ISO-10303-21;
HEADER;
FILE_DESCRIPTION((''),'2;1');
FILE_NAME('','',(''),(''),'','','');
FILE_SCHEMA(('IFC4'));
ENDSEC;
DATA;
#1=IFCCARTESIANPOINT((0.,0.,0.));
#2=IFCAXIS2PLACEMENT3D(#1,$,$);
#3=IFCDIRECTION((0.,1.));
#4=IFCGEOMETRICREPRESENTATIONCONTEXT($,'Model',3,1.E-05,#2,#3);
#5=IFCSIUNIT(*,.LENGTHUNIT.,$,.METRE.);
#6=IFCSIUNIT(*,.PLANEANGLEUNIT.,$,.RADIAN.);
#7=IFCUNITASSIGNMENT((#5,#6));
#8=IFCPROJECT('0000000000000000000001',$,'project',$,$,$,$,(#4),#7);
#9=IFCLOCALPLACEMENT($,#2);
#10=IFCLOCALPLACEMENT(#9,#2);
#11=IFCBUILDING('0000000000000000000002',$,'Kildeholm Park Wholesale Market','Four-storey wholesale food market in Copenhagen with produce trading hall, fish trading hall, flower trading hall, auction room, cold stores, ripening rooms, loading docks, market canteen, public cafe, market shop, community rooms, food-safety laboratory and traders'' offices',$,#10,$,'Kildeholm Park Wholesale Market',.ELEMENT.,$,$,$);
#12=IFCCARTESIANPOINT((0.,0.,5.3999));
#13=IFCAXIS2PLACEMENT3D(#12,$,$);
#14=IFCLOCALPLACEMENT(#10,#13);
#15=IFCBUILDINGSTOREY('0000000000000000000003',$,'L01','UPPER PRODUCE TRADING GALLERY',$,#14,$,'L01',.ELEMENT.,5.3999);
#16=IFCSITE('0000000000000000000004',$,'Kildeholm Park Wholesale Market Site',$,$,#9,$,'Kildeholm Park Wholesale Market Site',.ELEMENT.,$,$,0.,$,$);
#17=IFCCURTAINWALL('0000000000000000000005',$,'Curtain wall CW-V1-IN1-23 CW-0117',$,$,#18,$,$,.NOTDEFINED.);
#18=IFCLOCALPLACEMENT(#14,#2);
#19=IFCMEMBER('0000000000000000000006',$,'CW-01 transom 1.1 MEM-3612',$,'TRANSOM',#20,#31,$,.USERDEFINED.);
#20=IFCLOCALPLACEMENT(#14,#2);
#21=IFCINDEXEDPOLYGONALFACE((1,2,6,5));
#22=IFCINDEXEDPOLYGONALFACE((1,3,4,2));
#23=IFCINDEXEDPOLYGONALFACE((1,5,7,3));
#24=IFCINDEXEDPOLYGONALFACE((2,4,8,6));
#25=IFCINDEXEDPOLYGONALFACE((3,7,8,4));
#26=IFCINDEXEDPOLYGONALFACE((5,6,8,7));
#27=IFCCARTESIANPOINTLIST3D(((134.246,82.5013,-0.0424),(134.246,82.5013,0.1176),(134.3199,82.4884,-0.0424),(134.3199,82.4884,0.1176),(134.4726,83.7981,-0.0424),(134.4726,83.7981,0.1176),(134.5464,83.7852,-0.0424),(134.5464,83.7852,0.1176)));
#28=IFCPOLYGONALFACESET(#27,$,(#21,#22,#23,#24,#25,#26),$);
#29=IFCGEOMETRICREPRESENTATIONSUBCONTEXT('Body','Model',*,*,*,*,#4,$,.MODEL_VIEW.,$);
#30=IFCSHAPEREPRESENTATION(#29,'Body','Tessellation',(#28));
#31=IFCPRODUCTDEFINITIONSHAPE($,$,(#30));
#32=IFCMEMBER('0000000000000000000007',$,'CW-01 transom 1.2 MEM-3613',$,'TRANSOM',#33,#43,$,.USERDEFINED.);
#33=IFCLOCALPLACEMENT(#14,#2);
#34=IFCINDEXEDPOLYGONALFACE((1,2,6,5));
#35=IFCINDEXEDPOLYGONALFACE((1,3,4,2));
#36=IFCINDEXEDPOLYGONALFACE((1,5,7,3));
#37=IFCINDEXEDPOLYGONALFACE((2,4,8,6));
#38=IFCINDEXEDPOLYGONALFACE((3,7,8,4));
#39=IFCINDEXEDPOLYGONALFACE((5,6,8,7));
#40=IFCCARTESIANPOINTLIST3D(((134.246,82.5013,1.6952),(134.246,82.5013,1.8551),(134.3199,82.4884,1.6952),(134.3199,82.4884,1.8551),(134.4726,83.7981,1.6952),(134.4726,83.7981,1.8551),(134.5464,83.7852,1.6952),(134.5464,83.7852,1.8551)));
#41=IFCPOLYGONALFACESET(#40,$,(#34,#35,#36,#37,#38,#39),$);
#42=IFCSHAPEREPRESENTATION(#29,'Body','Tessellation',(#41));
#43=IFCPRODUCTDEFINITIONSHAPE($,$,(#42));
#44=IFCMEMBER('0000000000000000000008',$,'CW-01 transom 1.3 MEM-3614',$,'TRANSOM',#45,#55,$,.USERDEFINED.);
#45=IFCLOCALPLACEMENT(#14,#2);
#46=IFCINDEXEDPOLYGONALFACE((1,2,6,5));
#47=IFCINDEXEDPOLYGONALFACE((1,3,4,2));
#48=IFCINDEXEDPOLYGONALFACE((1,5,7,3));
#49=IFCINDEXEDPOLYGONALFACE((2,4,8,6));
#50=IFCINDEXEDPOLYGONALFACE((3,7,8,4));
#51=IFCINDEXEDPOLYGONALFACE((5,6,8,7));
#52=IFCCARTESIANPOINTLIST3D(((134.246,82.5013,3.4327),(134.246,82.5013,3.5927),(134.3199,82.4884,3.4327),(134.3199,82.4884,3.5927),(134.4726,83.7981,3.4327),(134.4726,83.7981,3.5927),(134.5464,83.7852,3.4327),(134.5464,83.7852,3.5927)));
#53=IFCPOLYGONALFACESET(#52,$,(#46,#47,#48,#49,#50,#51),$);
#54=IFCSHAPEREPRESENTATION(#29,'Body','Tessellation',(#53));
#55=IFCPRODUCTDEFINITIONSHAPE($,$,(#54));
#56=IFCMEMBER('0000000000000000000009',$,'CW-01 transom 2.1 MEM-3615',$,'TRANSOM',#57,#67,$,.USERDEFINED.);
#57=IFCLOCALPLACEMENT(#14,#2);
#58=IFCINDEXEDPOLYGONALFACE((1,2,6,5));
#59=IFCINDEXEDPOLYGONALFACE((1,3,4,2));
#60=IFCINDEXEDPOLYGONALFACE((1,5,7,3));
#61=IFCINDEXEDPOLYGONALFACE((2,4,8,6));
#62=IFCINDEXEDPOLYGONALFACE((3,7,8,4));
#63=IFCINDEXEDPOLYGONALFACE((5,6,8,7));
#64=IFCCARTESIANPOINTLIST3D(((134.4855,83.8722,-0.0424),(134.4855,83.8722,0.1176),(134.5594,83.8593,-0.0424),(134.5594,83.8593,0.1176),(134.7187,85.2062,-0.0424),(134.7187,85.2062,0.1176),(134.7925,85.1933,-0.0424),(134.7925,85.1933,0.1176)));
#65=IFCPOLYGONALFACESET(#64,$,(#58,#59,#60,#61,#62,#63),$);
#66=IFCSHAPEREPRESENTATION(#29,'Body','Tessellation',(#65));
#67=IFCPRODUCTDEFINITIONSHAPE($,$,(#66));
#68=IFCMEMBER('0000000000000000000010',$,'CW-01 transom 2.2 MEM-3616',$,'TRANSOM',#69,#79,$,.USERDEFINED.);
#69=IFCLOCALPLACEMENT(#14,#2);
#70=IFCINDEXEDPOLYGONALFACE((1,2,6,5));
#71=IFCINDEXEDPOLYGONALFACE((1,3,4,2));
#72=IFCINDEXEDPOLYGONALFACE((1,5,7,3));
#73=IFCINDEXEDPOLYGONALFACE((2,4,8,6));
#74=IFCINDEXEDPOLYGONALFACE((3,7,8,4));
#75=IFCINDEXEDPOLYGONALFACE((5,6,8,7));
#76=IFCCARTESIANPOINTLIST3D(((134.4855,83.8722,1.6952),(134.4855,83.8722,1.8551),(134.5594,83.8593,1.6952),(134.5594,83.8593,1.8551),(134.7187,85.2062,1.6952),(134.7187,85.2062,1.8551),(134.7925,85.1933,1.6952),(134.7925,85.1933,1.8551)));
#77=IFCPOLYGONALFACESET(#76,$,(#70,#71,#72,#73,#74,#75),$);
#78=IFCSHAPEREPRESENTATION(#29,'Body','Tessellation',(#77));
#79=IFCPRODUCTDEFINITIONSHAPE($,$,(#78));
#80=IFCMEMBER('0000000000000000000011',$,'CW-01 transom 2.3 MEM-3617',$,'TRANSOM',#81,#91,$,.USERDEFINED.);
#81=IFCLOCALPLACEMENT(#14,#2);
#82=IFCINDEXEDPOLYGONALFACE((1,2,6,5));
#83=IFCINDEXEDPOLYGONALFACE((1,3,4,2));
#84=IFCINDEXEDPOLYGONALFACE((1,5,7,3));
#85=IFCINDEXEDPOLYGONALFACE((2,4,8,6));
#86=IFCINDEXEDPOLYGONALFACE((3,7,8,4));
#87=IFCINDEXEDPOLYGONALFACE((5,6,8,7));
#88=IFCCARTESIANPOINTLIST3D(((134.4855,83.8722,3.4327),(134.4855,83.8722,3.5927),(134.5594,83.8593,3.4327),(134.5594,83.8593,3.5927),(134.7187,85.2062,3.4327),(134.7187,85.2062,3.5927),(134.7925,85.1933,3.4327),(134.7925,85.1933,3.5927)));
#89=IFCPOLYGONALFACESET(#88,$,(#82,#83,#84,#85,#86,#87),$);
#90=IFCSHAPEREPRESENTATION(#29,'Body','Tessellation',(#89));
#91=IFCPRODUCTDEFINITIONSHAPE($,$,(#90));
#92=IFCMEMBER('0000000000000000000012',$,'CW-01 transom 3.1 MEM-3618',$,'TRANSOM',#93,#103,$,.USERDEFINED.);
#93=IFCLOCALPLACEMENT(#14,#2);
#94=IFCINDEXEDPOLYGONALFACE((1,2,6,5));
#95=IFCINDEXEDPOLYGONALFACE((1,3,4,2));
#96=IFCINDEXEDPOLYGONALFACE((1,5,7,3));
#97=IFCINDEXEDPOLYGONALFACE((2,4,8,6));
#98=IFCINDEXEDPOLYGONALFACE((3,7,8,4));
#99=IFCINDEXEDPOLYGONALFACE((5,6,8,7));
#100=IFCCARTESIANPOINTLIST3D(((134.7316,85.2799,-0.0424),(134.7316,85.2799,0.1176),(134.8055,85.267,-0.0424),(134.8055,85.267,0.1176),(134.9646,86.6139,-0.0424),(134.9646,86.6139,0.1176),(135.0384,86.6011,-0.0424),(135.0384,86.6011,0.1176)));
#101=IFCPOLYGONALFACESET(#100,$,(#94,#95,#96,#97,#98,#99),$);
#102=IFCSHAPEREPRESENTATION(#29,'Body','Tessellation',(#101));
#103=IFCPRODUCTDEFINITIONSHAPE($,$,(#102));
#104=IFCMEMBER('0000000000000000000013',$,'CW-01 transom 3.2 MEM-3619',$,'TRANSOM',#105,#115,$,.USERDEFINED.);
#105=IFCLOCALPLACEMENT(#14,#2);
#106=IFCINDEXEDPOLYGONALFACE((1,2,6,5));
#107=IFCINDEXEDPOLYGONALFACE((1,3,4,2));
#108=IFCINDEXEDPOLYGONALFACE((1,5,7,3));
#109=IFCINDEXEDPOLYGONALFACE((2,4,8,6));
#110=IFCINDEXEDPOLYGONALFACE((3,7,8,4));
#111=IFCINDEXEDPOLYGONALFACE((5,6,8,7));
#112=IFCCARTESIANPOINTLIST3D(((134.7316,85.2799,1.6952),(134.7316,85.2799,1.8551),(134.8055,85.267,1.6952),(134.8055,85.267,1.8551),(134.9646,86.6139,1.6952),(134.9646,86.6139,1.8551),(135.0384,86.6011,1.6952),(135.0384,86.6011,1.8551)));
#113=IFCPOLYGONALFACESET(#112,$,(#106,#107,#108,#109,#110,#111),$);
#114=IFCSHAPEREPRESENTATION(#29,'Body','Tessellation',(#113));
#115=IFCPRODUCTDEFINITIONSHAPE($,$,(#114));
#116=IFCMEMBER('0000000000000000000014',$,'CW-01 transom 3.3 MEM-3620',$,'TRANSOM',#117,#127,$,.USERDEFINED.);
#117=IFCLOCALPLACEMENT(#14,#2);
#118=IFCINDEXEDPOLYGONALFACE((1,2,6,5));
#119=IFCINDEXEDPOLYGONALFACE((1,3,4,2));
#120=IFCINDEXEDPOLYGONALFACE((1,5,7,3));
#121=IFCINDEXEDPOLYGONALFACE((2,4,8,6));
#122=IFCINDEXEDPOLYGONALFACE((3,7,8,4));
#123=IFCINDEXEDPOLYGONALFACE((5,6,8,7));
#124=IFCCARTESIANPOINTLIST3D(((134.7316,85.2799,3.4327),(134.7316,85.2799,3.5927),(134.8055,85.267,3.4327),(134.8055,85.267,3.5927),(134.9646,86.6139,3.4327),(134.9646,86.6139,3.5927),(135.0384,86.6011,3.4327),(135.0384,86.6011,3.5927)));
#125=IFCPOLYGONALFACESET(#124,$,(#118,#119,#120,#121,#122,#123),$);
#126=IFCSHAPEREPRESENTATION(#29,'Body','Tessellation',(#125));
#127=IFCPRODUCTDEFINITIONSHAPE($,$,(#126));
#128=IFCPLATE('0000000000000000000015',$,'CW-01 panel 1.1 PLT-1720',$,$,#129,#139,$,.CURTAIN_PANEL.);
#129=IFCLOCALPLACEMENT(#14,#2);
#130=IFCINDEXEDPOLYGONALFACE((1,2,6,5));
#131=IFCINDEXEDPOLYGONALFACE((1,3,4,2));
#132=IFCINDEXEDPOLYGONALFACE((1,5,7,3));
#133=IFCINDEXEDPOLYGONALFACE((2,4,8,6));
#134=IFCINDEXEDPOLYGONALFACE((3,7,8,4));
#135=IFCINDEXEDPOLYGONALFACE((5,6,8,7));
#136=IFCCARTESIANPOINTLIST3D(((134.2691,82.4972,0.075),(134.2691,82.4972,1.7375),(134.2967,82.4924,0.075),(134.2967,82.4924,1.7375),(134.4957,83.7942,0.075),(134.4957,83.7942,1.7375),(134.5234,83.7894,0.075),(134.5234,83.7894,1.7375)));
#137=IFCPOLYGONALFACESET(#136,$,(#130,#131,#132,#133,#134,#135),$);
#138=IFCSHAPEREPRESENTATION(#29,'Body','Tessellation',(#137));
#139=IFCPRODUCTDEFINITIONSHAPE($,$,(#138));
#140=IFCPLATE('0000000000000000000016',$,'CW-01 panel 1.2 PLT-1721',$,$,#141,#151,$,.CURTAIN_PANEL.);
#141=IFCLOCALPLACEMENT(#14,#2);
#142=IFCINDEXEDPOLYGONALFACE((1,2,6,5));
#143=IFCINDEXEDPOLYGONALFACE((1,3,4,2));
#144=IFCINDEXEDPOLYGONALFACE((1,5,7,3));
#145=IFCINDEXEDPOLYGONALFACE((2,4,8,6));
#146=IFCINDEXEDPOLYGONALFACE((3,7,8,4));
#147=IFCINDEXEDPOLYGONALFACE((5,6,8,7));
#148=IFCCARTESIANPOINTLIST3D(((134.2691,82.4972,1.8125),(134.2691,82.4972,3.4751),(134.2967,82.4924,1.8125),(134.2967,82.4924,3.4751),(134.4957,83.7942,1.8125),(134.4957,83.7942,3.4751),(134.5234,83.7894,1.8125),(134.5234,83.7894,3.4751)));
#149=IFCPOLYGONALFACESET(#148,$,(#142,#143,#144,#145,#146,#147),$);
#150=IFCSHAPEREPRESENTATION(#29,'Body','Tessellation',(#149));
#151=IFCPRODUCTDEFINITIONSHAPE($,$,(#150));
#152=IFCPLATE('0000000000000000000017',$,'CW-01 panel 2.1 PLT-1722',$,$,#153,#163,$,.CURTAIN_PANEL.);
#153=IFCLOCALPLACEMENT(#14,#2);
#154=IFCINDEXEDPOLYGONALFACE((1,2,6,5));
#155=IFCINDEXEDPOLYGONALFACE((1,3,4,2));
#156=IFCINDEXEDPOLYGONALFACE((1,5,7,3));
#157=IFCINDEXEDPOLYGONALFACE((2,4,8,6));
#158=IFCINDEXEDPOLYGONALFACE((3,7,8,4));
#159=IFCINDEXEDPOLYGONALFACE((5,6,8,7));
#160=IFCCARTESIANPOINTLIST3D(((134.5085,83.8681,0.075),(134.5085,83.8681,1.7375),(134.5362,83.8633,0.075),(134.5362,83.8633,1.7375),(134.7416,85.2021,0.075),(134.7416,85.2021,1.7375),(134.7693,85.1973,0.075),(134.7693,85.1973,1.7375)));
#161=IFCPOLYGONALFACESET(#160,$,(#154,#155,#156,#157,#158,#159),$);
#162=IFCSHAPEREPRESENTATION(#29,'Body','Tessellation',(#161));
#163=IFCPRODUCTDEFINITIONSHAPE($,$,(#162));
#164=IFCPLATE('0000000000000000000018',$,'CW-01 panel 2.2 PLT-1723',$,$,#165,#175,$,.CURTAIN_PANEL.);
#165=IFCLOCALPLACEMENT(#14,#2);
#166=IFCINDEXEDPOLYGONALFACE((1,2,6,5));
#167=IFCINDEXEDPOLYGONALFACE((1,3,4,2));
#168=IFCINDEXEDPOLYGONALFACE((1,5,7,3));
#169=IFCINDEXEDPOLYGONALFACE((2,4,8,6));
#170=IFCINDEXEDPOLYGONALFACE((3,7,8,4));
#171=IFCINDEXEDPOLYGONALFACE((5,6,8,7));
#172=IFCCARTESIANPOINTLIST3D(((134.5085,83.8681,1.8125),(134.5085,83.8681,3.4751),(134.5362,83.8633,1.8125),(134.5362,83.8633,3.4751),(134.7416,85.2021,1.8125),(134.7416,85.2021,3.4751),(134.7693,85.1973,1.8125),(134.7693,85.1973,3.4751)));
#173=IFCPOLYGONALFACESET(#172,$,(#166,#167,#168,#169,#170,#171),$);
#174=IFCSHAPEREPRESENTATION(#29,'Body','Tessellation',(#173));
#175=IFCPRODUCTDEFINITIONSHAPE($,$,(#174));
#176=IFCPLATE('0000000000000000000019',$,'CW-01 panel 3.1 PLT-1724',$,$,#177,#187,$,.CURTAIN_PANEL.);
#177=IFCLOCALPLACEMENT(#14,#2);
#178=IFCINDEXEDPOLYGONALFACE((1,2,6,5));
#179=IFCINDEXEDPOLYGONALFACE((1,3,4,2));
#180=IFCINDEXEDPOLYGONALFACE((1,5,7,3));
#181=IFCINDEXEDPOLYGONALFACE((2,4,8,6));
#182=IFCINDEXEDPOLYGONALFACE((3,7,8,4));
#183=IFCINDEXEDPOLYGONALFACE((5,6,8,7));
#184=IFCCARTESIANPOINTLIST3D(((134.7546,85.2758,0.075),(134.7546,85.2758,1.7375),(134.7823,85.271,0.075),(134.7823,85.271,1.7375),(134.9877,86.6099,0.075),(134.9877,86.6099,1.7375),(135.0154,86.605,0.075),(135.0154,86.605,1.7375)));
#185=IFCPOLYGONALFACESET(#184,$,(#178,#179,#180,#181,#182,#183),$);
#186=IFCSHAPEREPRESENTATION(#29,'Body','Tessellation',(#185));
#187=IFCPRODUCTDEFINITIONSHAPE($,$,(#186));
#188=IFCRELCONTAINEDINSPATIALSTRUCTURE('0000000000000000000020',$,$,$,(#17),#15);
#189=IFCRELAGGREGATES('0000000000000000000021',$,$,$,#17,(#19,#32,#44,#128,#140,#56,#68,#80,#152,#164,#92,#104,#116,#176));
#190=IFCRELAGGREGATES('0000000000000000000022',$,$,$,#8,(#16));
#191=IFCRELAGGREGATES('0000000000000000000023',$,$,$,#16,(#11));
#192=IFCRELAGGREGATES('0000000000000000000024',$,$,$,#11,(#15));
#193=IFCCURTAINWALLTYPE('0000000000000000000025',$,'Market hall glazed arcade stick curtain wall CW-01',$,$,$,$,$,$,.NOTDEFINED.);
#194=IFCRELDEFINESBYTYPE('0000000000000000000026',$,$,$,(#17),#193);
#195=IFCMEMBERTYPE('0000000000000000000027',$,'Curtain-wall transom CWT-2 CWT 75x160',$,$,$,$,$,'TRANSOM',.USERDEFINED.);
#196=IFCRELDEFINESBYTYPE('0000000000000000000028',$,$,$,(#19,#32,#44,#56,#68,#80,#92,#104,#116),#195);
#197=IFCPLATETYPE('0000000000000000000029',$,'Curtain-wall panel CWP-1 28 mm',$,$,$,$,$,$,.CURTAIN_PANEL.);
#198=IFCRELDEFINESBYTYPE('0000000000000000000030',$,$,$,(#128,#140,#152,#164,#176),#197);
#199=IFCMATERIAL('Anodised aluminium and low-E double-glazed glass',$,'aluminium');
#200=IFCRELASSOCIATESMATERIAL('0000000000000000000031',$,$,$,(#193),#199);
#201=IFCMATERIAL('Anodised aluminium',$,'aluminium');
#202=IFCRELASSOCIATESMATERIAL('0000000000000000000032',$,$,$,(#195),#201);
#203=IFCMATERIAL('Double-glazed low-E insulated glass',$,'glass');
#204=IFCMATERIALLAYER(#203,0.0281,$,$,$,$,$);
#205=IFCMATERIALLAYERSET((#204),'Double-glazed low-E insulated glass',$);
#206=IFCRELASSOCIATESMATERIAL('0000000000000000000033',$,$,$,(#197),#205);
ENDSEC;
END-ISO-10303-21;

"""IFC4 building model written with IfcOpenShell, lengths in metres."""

from ifc_helpers import new_model, si_unit, direction, frame, origin, origin_2d, place, context, subcontext, project, spatial, rectangle, extrude, material, layer, layer_set, material_profile, profile_set, type_object, element, aggregate, save


model = new_model("IFC4")

# Units and contexts
model_context = context("Model", 3, precision=1e-05, world=origin(), true_north=direction((0.0, 1.0)))
body_context = subcontext(model_context, "Body", "Model", "MODEL_VIEW")
ifc_project = project(units=[si_unit("LENGTHUNIT", "METRE"), si_unit("PLANEANGLEUNIT", "RADIAN")], contexts=[model_context])

# Site, building, storey
site_placement = place(None, origin())
site = spatial("IfcSite", under=ifc_project, at=site_placement, Name="Kildeholm Park Wholesale Market Site", LongName="Kildeholm Park Wholesale Market Site", CompositionType="ELEMENT", RefElevation=0.0)
building_placement = place(site_placement, origin())
building = spatial("IfcBuilding", under=site, at=building_placement, Name="Kildeholm Park Wholesale Market", Description="Four-storey wholesale food market in Copenhagen with produce trading hall, fish trading hall, flower trading hall, auction room, cold stores, ripening rooms, loading docks, market canteen, public cafe, market shop, community rooms, food-safety laboratory and traders' offices", LongName="Kildeholm Park Wholesale Market", CompositionType="ELEMENT")
storey_placement = place(building_placement, frame((0.0, 0.0, 5.3999)))
storey = spatial("IfcBuildingStorey", under=building, at=storey_placement, Name="L01", Description="UPPER PRODUCE TRADING GALLERY", LongName="L01", CompositionType="ELEMENT", Elevation=5.3999)

# Curtain wall, members, plates
ifc_material_1 = material(Name="Anodised aluminium and low-E double-glazed glass", Category="aluminium")
curtain_wall_type = type_object("IfcCurtainWallType", Name="Market hall glazed arcade stick curtain wall CW-01", PredefinedType="NOTDEFINED", material=ifc_material_1)
curtain_wall_placement = place(storey_placement, origin())
curtain_wall = element("IfcCurtainWall", 1, at=curtain_wall_placement, inside=storey, type_object=curtain_wall_type, Name="Curtain wall CW-V1-IN1-23 CW-0117", PredefinedType="NOTDEFINED")
ifc_material_2 = material(Name="Anodised aluminium", Category="aluminium")
ifc_material_profile_1 = material_profile(ifc_material_2, rectangle(XDim=0.075, YDim=0.1599, at=origin_2d()), Name="CWT 75x160")
ifc_profile_set_1 = profile_set([ifc_material_profile_1], Name="Anodised aluminium")
member_type_1 = type_object("IfcMemberType", Name="Curtain-wall transom CWT-2 CWT 75x160", ElementType="TRANSOM", PredefinedType="USERDEFINED", material=ifc_profile_set_1)
member_1_placement = place(storey_placement, frame((134.283, 82.4949, 0.0376), z_axis=(0.172092, 0.985081, 0.0), x_axis=(-0.985081, 0.172092, 0.0)))
member_1 = element("IfcMember", 2, at=member_1_placement, type_object=member_type_1, Name="CW-01 transom 1.1 MEM-3612", ObjectType="TRANSOM", PredefinedType="USERDEFINED", context=body_context, shape_type="SweptSolid", body=[
    extrude(rectangle(XDim=0.075, YDim=0.1599, at=origin_2d()), origin(), (0.0, 0.0, 1.0), 1.3164),
])
member_2_placement = place(storey_placement, frame((134.283, 82.4949, 1.7751), z_axis=(0.172092, 0.985081, 0.0), x_axis=(-0.985081, 0.172092, 0.0)))
member_2 = element("IfcMember", 3, at=member_2_placement, type_object=member_type_1, Name="CW-01 transom 1.2 MEM-3613", ObjectType="TRANSOM", PredefinedType="USERDEFINED", context=body_context, shape_type="SweptSolid", body=[
    extrude(rectangle(XDim=0.075, YDim=0.1599, at=origin_2d()), origin(), (0.0, 0.0, 1.0), 1.3164),
])
member_3_placement = place(storey_placement, frame((134.283, 82.4949, 3.5127), z_axis=(0.172092, 0.985081, 0.0), x_axis=(-0.985081, 0.172092, 0.0)))
member_3 = element("IfcMember", 4, at=member_3_placement, type_object=member_type_1, Name="CW-01 transom 1.3 MEM-3614", ObjectType="TRANSOM", PredefinedType="USERDEFINED", context=body_context, shape_type="SweptSolid", body=[
    extrude(rectangle(XDim=0.075, YDim=0.1599, at=origin_2d()), origin(), (0.0, 0.0, 1.0), 1.3164),
])
member_4_placement = place(storey_placement, frame((134.5225, 83.8657, 0.0376), z_axis=(0.17217, 0.985067, 0.0), x_axis=(-0.985067, 0.17217, 0.0)))
member_4 = element("IfcMember", 5, at=member_4_placement, type_object=member_type_1, Name="CW-01 transom 2.1 MEM-3615", ObjectType="TRANSOM", PredefinedType="USERDEFINED", context=body_context, shape_type="SweptSolid", body=[
    extrude(rectangle(XDim=0.075, YDim=0.1599, at=origin_2d()), origin(), (0.0, 0.0, 1.0), 1.3542),
])
member_5_placement = place(storey_placement, frame((134.5225, 83.8657, 1.7751), z_axis=(0.17217, 0.985067, 0.0), x_axis=(-0.985067, 0.17217, 0.0)))
member_5 = element("IfcMember", 6, at=member_5_placement, type_object=member_type_1, Name="CW-01 transom 2.2 MEM-3616", ObjectType="TRANSOM", PredefinedType="USERDEFINED", context=body_context, shape_type="SweptSolid", body=[
    extrude(rectangle(XDim=0.075, YDim=0.1599, at=origin_2d()), origin(), (0.0, 0.0, 1.0), 1.3542),
])
member_6_placement = place(storey_placement, frame((134.5225, 83.8657, 3.5127), z_axis=(0.17217, 0.985067, 0.0), x_axis=(-0.985067, 0.17217, 0.0)))
member_6 = element("IfcMember", 7, at=member_6_placement, type_object=member_type_1, Name="CW-01 transom 2.3 MEM-3617", ObjectType="TRANSOM", PredefinedType="USERDEFINED", context=body_context, shape_type="SweptSolid", body=[
    extrude(rectangle(XDim=0.075, YDim=0.1599, at=origin_2d()), origin(), (0.0, 0.0, 1.0), 1.3542),
])
member_7_placement = place(storey_placement, frame((134.7686, 85.2734, 0.0376), z_axis=(0.171995, 0.985098, 0.0), x_axis=(-0.985098, 0.171995, 0.0)))
member_7 = element("IfcMember", 8, at=member_7_placement, type_object=member_type_1, Name="CW-01 transom 3.1 MEM-3618", ObjectType="TRANSOM", PredefinedType="USERDEFINED", context=body_context, shape_type="SweptSolid", body=[
    extrude(rectangle(XDim=0.075, YDim=0.1599, at=origin_2d()), origin(), (0.0, 0.0, 1.0), 1.3542),
])
member_8_placement = place(storey_placement, frame((134.7686, 85.2734, 1.7751), z_axis=(0.171995, 0.985098, 0.0), x_axis=(-0.985098, 0.171995, 0.0)))
member_8 = element("IfcMember", 9, at=member_8_placement, type_object=member_type_1, Name="CW-01 transom 3.2 MEM-3619", ObjectType="TRANSOM", PredefinedType="USERDEFINED", context=body_context, shape_type="SweptSolid", body=[
    extrude(rectangle(XDim=0.075, YDim=0.1599, at=origin_2d()), origin(), (0.0, 0.0, 1.0), 1.3542),
])
member_9_placement = place(storey_placement, frame((134.7686, 85.2734, 3.5127), z_axis=(0.171995, 0.985098, 0.0), x_axis=(-0.985098, 0.171995, 0.0)))
member_9 = element("IfcMember", 10, at=member_9_placement, type_object=member_type_1, Name="CW-01 transom 3.3 MEM-3620", ObjectType="TRANSOM", PredefinedType="USERDEFINED", context=body_context, shape_type="SweptSolid", body=[
    extrude(rectangle(XDim=0.075, YDim=0.1599, at=origin_2d()), origin(), (0.0, 0.0, 1.0), 1.3542),
])
ifc_material_3 = material(Name="Double-glazed low-E insulated glass", Category="glass")
ifc_layer = layer(ifc_material_3, 0.0281)
ifc_layer_set = layer_set([ifc_layer], Name="Double-glazed low-E insulated glass")
plate_type = type_object("IfcPlateType", Name="Curtain-wall panel CWP-1 28 mm", PredefinedType="CURTAIN_PANEL", material=ifc_layer_set)
plate_1_placement = place(storey_placement, frame((134.3962, 83.1433, 0.075), z_axis=(0.0, 0.0, 1.0), x_axis=(0.172133, 0.985074, 0.0)))
plate_1 = element("IfcPlate", 11, at=plate_1_placement, type_object=plate_type, Name="CW-01 panel 1.1 PLT-1720", PredefinedType="CURTAIN_PANEL", context=body_context, shape_type="SweptSolid", body=[
    extrude(rectangle(XDim=1.3167, YDim=0.0281, at=origin_2d()), origin(), (0.0, 0.0, 1.0), 1.6626),
])
plate_2_placement = place(storey_placement, frame((134.3962, 83.1433, 1.8125), z_axis=(0.0, 0.0, 1.0), x_axis=(0.172133, 0.985074, 0.0)))
plate_2 = element("IfcPlate", 12, at=plate_2_placement, type_object=plate_type, Name="CW-01 panel 1.2 PLT-1721", PredefinedType="CURTAIN_PANEL", context=body_context, shape_type="SweptSolid", body=[
    extrude(rectangle(XDim=1.3167, YDim=0.0281, at=origin_2d()), origin(), (0.0, 0.0, 1.0), 1.6626),
])
plate_3_placement = place(storey_placement, frame((134.6389, 84.5327, 0.075), z_axis=(0.0, 0.0, 1.0), x_axis=(0.172133, 0.985074, 0.0)))
plate_3 = element("IfcPlate", 13, at=plate_3_placement, type_object=plate_type, Name="CW-01 panel 2.1 PLT-1722", PredefinedType="CURTAIN_PANEL", context=body_context, shape_type="SweptSolid", body=[
    extrude(rectangle(XDim=1.3542, YDim=0.0281, at=origin_2d()), origin(), (0.0, 0.0, 1.0), 1.6626),
])
plate_4_placement = place(storey_placement, frame((134.6389, 84.5327, 1.8125), z_axis=(0.0, 0.0, 1.0), x_axis=(0.172133, 0.985074, 0.0)))
plate_4 = element("IfcPlate", 14, at=plate_4_placement, type_object=plate_type, Name="CW-01 panel 2.2 PLT-1723", PredefinedType="CURTAIN_PANEL", context=body_context, shape_type="SweptSolid", body=[
    extrude(rectangle(XDim=1.3542, YDim=0.0281, at=origin_2d()), origin(), (0.0, 0.0, 1.0), 1.6626),
])
plate_5_placement = place(storey_placement, frame((134.885, 85.9404, 0.075), z_axis=(0.0, 0.0, 1.0), x_axis=(0.172133, 0.985074, 0.0)))
plate_5 = element("IfcPlate", 15, at=plate_5_placement, type_object=plate_type, Name="CW-01 panel 3.1 PLT-1724", PredefinedType="CURTAIN_PANEL", context=body_context, shape_type="SweptSolid", body=[
    extrude(rectangle(XDim=1.3542, YDim=0.0281, at=origin_2d()), origin(), (0.0, 0.0, 1.0), 1.6626),
])
aggregate(curtain_wall, [member_1, member_2, member_3, plate_1, plate_2, member_4, member_5, member_6, plate_3, plate_4, member_7, member_8, member_9, plate_5])

save(model, "model.ifc")
